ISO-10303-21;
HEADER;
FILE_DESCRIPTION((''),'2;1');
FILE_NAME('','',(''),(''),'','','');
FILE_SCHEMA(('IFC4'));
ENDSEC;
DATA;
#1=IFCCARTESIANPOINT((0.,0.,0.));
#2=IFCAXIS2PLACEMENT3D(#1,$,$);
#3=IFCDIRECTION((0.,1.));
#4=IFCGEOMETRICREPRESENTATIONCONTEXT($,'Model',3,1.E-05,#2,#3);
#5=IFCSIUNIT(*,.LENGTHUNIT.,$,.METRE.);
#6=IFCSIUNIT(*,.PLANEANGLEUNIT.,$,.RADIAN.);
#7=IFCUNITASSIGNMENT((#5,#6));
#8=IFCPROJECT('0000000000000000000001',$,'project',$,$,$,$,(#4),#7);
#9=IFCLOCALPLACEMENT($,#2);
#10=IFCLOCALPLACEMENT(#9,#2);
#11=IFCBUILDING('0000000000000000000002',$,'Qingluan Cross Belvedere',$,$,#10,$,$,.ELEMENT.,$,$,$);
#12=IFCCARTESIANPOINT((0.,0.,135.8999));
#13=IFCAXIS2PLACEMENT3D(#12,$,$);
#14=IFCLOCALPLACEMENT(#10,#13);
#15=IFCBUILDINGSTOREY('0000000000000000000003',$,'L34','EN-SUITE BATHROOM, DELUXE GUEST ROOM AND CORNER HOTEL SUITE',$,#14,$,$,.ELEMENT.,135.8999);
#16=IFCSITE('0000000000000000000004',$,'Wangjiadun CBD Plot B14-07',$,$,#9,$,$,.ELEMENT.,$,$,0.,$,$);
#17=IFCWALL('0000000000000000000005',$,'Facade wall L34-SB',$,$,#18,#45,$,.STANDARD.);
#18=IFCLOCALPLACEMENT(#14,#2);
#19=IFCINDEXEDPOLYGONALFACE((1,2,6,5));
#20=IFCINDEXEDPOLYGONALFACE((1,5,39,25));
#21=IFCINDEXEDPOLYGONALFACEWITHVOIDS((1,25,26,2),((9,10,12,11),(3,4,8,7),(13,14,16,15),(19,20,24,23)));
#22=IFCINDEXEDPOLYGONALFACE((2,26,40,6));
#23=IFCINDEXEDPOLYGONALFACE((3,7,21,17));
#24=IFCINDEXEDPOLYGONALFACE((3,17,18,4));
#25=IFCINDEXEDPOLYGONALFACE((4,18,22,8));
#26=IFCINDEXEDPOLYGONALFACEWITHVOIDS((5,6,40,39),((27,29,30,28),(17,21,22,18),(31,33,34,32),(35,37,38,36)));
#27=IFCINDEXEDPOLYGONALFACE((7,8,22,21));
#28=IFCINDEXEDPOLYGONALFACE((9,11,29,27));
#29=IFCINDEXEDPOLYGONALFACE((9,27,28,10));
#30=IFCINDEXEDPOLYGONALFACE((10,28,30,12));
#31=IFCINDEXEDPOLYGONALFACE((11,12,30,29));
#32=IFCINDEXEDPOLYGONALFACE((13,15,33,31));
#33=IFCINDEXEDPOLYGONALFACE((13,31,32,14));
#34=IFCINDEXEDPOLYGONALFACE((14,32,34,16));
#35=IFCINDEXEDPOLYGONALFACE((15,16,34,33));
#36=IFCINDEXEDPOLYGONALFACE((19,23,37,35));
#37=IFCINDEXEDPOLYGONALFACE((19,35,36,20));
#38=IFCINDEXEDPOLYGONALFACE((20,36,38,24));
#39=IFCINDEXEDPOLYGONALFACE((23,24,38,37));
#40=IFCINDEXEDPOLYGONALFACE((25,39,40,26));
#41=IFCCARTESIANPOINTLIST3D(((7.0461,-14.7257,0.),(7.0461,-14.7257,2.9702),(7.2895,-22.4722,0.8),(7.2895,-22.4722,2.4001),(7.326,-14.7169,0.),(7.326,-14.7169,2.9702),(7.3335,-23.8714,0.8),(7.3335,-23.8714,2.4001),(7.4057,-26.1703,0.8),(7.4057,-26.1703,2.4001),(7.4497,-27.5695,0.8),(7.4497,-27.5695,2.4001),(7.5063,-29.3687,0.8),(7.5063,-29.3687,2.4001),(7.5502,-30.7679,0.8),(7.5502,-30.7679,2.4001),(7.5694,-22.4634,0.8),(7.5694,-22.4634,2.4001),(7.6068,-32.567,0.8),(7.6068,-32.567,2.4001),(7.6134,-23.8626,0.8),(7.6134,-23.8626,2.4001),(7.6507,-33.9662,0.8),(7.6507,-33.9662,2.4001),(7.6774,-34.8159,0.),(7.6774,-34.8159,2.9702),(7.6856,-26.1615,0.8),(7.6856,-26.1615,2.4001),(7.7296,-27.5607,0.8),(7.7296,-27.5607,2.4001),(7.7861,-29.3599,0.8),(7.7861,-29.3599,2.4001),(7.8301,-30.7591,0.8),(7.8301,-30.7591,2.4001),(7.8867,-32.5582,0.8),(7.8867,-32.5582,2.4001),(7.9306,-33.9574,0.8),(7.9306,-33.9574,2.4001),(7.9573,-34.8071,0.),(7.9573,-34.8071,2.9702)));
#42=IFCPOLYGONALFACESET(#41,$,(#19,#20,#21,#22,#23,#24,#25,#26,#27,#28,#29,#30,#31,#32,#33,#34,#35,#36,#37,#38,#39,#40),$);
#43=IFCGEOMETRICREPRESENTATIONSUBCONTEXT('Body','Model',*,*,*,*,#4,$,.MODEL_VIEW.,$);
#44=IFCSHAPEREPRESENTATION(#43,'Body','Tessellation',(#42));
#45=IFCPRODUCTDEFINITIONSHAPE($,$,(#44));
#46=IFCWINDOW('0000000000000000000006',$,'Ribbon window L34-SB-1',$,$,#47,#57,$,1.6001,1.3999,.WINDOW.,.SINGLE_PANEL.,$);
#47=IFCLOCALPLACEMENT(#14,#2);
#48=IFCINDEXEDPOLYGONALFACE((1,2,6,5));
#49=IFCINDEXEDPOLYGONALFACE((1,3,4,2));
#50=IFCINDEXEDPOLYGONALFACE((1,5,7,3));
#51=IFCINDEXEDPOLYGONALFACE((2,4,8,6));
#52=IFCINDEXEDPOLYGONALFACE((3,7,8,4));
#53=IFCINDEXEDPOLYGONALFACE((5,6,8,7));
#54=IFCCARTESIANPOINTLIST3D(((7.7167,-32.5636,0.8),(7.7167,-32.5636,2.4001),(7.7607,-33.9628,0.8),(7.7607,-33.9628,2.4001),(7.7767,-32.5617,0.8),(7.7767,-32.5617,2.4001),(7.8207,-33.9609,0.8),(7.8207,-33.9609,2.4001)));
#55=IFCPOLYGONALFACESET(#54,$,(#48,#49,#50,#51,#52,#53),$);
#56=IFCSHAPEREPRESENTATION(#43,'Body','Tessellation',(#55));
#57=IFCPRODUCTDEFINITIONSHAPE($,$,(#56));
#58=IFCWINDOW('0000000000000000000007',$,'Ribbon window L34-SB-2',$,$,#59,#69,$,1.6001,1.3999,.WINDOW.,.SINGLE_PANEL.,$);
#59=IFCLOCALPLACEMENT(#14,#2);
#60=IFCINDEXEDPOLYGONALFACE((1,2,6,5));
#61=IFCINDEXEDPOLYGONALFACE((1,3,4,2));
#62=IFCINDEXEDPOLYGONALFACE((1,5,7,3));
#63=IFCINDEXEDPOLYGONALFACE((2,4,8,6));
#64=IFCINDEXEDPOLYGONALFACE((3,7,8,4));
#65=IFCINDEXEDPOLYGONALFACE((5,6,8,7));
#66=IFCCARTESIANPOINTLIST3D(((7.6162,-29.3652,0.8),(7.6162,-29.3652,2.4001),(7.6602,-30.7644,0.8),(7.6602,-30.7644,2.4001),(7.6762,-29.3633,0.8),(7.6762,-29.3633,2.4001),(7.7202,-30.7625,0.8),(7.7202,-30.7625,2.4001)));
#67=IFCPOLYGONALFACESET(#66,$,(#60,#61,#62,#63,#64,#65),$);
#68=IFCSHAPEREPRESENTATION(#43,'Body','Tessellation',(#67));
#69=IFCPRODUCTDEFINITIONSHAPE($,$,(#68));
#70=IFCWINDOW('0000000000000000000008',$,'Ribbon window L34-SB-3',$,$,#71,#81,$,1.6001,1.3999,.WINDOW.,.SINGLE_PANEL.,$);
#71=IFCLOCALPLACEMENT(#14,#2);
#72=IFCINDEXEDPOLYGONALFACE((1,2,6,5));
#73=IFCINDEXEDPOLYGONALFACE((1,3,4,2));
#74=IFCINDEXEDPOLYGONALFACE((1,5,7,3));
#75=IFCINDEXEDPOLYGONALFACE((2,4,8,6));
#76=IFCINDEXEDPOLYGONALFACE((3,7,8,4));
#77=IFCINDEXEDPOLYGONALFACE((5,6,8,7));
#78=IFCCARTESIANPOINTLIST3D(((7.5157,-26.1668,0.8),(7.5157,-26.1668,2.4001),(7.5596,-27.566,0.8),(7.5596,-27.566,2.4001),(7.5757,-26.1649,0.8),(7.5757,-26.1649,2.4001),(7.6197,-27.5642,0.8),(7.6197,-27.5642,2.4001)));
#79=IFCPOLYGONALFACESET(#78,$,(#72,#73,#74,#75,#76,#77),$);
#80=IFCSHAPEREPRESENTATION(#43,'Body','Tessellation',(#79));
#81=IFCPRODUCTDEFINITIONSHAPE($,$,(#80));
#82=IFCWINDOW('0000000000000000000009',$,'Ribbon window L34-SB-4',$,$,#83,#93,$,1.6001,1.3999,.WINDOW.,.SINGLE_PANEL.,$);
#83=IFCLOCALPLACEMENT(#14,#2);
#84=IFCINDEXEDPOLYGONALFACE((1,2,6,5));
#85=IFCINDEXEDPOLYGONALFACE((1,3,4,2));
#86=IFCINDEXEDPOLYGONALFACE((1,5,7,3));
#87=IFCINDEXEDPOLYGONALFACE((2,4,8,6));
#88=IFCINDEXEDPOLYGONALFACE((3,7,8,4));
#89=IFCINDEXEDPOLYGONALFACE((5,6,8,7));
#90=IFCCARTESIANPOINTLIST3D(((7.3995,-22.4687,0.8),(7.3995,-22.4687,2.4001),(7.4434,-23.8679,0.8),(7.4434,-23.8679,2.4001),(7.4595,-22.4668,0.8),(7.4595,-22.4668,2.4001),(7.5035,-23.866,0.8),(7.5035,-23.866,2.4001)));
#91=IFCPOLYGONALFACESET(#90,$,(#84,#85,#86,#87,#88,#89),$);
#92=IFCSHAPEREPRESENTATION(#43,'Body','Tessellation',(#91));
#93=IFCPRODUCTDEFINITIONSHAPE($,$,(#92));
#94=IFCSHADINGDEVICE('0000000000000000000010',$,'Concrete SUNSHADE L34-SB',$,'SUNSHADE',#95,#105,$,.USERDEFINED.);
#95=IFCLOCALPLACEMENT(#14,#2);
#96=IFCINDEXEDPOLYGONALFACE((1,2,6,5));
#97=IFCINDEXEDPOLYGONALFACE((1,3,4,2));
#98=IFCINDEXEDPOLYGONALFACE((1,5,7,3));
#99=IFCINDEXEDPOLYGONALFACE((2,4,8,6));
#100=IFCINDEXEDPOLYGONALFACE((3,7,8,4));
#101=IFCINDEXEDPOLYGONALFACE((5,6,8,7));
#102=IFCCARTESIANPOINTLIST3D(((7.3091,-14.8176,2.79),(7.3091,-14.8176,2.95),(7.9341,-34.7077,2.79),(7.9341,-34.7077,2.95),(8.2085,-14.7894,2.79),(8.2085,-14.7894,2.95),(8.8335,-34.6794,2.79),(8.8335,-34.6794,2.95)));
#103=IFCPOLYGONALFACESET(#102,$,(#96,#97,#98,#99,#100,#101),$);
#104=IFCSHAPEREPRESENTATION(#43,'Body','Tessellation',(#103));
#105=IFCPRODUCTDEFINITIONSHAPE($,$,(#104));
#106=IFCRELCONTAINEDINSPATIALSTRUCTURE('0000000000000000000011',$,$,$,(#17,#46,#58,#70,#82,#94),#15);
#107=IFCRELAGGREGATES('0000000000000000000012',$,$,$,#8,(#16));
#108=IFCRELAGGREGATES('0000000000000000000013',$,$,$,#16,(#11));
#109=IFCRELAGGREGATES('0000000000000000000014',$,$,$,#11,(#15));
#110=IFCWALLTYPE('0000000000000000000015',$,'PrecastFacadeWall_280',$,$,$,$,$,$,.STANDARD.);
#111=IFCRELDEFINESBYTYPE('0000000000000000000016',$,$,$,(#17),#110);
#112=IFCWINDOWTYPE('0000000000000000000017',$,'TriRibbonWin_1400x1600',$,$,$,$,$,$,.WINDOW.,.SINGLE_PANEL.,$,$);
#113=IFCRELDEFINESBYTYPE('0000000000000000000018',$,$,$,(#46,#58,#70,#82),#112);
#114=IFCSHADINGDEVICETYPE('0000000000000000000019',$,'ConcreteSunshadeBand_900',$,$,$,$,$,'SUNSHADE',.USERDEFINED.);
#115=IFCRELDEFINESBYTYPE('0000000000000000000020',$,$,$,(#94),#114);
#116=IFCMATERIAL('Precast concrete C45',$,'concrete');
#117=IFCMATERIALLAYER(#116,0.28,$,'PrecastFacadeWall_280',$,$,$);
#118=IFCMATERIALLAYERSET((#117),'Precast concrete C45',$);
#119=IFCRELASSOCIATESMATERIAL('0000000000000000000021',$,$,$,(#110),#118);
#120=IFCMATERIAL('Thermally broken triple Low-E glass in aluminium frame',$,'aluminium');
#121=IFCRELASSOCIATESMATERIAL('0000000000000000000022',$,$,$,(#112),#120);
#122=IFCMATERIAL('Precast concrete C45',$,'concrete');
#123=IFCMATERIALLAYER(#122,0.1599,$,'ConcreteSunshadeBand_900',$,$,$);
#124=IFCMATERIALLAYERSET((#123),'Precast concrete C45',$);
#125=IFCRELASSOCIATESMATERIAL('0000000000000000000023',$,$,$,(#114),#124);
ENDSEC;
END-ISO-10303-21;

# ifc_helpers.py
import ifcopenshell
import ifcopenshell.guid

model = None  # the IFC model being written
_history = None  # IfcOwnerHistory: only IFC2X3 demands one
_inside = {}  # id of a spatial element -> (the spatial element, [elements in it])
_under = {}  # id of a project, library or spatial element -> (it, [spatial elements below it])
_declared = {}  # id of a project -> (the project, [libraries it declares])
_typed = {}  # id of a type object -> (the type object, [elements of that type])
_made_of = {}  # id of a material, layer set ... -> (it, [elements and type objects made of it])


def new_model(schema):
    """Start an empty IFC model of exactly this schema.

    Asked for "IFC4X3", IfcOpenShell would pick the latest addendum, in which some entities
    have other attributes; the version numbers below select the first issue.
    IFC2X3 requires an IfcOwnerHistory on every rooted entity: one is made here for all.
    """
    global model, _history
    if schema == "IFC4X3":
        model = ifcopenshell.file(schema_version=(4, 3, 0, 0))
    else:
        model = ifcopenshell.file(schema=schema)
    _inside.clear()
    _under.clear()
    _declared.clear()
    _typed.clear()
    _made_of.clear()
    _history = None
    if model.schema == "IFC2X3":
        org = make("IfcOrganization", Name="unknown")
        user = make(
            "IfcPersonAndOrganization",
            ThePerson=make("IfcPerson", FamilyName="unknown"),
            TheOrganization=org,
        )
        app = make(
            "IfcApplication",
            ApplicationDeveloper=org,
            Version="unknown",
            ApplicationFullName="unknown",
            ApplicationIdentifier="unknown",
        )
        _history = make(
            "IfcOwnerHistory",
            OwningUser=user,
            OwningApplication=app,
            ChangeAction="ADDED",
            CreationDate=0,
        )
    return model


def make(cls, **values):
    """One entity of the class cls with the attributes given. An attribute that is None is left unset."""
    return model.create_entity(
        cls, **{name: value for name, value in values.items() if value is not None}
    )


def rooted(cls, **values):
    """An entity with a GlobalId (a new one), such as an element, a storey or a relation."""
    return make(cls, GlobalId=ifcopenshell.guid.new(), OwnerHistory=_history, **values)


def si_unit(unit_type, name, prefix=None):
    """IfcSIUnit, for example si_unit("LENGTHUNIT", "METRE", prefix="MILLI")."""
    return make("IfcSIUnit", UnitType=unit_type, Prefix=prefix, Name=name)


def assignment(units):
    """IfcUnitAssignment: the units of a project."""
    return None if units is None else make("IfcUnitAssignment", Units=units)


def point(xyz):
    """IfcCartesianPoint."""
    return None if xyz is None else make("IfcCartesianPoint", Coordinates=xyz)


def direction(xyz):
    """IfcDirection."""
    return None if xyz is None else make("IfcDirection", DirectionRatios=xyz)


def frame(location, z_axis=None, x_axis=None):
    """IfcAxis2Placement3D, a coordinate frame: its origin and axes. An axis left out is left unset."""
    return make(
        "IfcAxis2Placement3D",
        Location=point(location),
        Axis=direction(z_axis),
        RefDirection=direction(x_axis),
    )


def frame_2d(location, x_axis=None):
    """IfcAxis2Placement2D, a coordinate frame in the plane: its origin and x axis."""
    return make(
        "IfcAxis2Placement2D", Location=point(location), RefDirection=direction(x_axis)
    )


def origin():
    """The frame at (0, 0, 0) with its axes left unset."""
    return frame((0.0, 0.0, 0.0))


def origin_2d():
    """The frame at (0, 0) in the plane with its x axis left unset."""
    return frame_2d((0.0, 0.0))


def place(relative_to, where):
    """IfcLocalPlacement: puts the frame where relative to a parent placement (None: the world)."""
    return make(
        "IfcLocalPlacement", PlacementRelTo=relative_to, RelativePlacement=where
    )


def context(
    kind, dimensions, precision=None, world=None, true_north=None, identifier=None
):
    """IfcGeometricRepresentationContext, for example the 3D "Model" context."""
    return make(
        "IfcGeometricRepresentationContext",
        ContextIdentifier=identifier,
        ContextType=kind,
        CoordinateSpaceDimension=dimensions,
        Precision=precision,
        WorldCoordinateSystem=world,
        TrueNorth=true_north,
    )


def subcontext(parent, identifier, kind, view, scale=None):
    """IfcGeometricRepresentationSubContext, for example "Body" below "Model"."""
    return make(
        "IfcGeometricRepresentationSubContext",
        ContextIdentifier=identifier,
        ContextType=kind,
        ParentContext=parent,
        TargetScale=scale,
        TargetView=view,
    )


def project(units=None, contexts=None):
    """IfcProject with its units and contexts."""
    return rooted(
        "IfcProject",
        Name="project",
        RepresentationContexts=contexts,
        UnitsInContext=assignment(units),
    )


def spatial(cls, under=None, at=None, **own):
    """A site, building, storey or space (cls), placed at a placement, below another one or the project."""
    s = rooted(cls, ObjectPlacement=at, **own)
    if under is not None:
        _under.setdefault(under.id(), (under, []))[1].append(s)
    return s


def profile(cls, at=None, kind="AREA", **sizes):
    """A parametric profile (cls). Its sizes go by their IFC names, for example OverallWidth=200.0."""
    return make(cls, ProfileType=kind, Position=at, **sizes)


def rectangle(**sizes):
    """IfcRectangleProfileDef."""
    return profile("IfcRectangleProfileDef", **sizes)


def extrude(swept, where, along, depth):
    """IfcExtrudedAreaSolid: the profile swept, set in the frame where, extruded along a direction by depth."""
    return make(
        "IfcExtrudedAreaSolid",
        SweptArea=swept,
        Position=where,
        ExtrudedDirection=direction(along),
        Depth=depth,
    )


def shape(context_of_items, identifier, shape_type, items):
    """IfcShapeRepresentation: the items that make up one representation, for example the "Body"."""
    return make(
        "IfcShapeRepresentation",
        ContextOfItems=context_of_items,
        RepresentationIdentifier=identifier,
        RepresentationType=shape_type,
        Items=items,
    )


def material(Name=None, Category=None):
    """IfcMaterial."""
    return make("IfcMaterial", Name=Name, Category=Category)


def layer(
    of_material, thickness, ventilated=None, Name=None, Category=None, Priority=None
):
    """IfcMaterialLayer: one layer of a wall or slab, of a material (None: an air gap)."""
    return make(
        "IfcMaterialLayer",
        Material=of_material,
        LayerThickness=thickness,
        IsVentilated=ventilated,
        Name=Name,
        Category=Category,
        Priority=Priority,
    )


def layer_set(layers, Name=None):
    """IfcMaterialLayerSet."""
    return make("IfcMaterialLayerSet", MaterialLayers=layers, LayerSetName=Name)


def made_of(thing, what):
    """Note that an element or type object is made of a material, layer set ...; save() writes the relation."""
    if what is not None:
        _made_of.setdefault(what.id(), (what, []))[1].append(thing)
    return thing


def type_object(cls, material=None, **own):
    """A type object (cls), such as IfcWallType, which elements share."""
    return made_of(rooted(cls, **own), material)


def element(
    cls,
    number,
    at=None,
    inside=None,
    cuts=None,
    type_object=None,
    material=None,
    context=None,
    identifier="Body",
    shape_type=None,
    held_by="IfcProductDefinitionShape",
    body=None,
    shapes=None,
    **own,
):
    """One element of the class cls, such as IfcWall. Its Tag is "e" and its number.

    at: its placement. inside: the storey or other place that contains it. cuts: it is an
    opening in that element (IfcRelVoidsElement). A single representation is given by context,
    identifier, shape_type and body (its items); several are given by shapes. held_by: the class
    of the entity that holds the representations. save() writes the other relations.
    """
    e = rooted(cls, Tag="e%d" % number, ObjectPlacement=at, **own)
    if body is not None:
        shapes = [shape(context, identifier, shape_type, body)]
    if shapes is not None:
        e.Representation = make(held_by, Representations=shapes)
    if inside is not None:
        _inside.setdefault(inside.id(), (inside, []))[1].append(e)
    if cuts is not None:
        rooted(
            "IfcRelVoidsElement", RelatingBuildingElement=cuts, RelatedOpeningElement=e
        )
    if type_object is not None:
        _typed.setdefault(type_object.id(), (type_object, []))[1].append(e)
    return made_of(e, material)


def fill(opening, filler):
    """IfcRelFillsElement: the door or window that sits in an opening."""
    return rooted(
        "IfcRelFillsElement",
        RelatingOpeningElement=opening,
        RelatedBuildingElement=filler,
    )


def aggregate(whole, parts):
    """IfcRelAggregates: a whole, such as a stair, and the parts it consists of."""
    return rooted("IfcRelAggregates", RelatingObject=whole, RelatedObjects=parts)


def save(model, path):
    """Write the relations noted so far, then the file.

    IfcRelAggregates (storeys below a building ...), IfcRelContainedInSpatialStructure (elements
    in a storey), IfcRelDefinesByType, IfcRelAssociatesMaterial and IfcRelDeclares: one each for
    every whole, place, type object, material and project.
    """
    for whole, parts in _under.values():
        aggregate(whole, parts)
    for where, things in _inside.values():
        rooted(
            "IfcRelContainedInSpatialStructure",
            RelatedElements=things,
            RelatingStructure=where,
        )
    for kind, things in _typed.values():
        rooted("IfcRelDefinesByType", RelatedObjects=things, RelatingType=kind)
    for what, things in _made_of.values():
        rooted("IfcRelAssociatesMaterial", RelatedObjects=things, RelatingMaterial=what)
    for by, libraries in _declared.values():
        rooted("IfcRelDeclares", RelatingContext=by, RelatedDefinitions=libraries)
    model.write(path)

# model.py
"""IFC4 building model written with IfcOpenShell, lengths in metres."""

from ifc_helpers import new_model, si_unit, direction, frame, frame_2d, origin, origin_2d, place, context, subcontext, project, spatial, rectangle, extrude, material, layer, layer_set, type_object, element, fill, save


model = new_model("IFC4")

# Units and contexts
model_context = context("Model", 3, precision=1e-05, world=origin(), true_north=direction((0.0, 1.0)))
body_context = subcontext(model_context, "Body", "Model", "MODEL_VIEW")
ifc_project = project(units=[si_unit("LENGTHUNIT", "METRE"), si_unit("PLANEANGLEUNIT", "RADIAN")], contexts=[model_context])

# Site, building, storey
site_placement = place(None, origin())
site = spatial("IfcSite", under=ifc_project, at=site_placement, Name="Wangjiadun CBD Plot B14-07", CompositionType="ELEMENT", RefElevation=0.0)
building_placement = place(site_placement, origin())
building = spatial("IfcBuilding", under=site, at=building_placement, Name="Qingluan Cross Belvedere", CompositionType="ELEMENT")
storey_placement = place(building_placement, frame((0.0, 0.0, 135.8999)))
storey = spatial("IfcBuildingStorey", under=building, at=storey_placement, Name="L34", Description="EN-SUITE BATHROOM, DELUXE GUEST ROOM AND CORNER HOTEL SUITE", CompositionType="ELEMENT", Elevation=135.8999)

# Wall, openings, windows
ifc_material_1 = material(Name="Precast concrete C45", Category="concrete")
ifc_layer_1 = layer(ifc_material_1, 0.28, Name="PrecastFacadeWall_280")
ifc_layer_set_1 = layer_set([ifc_layer_1], Name="Precast concrete C45")
wall_type_1 = type_object("IfcWallType", Name="PrecastFacadeWall_280", PredefinedType="STANDARD", material=ifc_layer_set_1)
wall_1_placement = place(storey_placement, frame((7.8174, -34.8115, 0.0), z_axis=(0.0, 0.0, 1.0), x_axis=(-0.03141, 0.999507, 0.0)))
wall_1 = element("IfcWall", 1, at=wall_1_placement, inside=storey, type_object=wall_type_1, Name="Facade wall L34-SB", PredefinedType="STANDARD", context=body_context, shape_type="SweptSolid", body=[
    extrude(rectangle(XDim=20.1001, YDim=0.28, at=frame_2d((10.05, 0.0))), origin(), (0.0, 0.0, 1.0), 2.9702),
])
opening_1_placement = place(wall_1_placement, frame((0.8501, 0.0, 0.8)))
opening_1 = element("IfcOpeningElement", 2, at=opening_1_placement, cuts=wall_1, PredefinedType="OPENING", context=body_context, shape_type="SweptSolid", body=[
    extrude(rectangle(XDim=1.3999, YDim=1.6001, at=frame_2d((0.7, 0.8))), frame((0.0, 0.1499, 0.0), z_axis=(0.0, -1.0, 0.0), x_axis=(1.0, 0.0, 0.0)), (0.0, 0.0, 1.0), 0.3),
])
opening_2_placement = place(wall_1_placement, frame((4.05, 0.0, 0.8)))
opening_2 = element("IfcOpeningElement", 3, at=opening_2_placement, cuts=wall_1, PredefinedType="OPENING", context=body_context, shape_type="SweptSolid", body=[
    extrude(rectangle(XDim=1.3999, YDim=1.6001, at=frame_2d((0.7, 0.8))), frame((0.0, 0.1499, 0.0), z_axis=(0.0, -1.0, 0.0), x_axis=(1.0, 0.0, 0.0)), (0.0, 0.0, 1.0), 0.3),
])
opening_3_placement = place(wall_1_placement, frame((7.25, 0.0, 0.8)))
opening_3 = element("IfcOpeningElement", 4, at=opening_3_placement, cuts=wall_1, PredefinedType="OPENING", context=body_context, shape_type="SweptSolid", body=[
    extrude(rectangle(XDim=1.3999, YDim=1.6001, at=frame_2d((0.7, 0.8))), frame((0.0, 0.1499, 0.0), z_axis=(0.0, -1.0, 0.0), x_axis=(1.0, 0.0, 0.0)), (0.0, 0.0, 1.0), 0.3),
])
opening_4_placement = place(wall_1_placement, frame((10.95, 0.0, 0.8)))
opening_4 = element("IfcOpeningElement", 5, at=opening_4_placement, cuts=wall_1, PredefinedType="OPENING", context=body_context, shape_type="SweptSolid", body=[
    extrude(rectangle(XDim=1.3999, YDim=1.6001, at=frame_2d((0.7, 0.8))), frame((0.0, 0.1499, 0.0), z_axis=(0.0, -1.0, 0.0), x_axis=(1.0, 0.0, 0.0)), (0.0, 0.0, 1.0), 0.3),
])
ifc_material_2 = material(Name="Thermally broken triple Low-E glass in aluminium frame", Category="aluminium")
window_type = type_object("IfcWindowType", Name="TriRibbonWin_1400x1600", PartitioningType="SINGLE_PANEL", PredefinedType="WINDOW", material=ifc_material_2)
window_1_placement = place(opening_1_placement, origin())
window_1 = element("IfcWindow", 6, at=window_1_placement, inside=storey, type_object=window_type, Name="Ribbon window L34-SB-1", OverallHeight=1.6001, OverallWidth=1.3999, PartitioningType="SINGLE_PANEL", PredefinedType="WINDOW", context=body_context, shape_type="SweptSolid", body=[
    extrude(rectangle(XDim=1.3999, YDim=1.6001, at=frame_2d((0.7, 0.8))), frame((0.0, 0.03, 0.0), z_axis=(0.0, -1.0, 0.0), x_axis=(1.0, 0.0, 0.0)), (0.0, 0.0, 1.0), 0.0601),
])
fill(opening_1, window_1)
window_2_placement = place(opening_2_placement, origin())
window_2 = element("IfcWindow", 7, at=window_2_placement, inside=storey, type_object=window_type, Name="Ribbon window L34-SB-2", OverallHeight=1.6001, OverallWidth=1.3999, PartitioningType="SINGLE_PANEL", PredefinedType="WINDOW", context=body_context, shape_type="SweptSolid", body=[
    extrude(rectangle(XDim=1.3999, YDim=1.6001, at=frame_2d((0.7, 0.8))), frame((0.0, 0.03, 0.0), z_axis=(0.0, -1.0, 0.0), x_axis=(1.0, 0.0, 0.0)), (0.0, 0.0, 1.0), 0.0601),
])
fill(opening_2, window_2)
window_3_placement = place(opening_3_placement, origin())
window_3 = element("IfcWindow", 8, at=window_3_placement, inside=storey, type_object=window_type, Name="Ribbon window L34-SB-3", OverallHeight=1.6001, OverallWidth=1.3999, PartitioningType="SINGLE_PANEL", PredefinedType="WINDOW", context=body_context, shape_type="SweptSolid", body=[
    extrude(rectangle(XDim=1.3999, YDim=1.6001, at=frame_2d((0.7, 0.8))), frame((0.0, 0.03, 0.0), z_axis=(0.0, -1.0, 0.0), x_axis=(1.0, 0.0, 0.0)), (0.0, 0.0, 1.0), 0.0601),
])
fill(opening_3, window_3)
window_4_placement = place(opening_4_placement, origin())
window_4 = element("IfcWindow", 9, at=window_4_placement, inside=storey, type_object=window_type, Name="Ribbon window L34-SB-4", OverallHeight=1.6001, OverallWidth=1.3999, PartitioningType="SINGLE_PANEL", PredefinedType="WINDOW", context=body_context, shape_type="SweptSolid", body=[
    extrude(rectangle(XDim=1.3999, YDim=1.6001, at=frame_2d((0.7, 0.8))), frame((0.0, 0.03, 0.0), z_axis=(0.0, -1.0, 0.0), x_axis=(1.0, 0.0, 0.0)), (0.0, 0.0, 1.0), 0.0601),
])
fill(opening_4, window_4)

# Shading device
ifc_material_3 = material(Name="Precast concrete C45", Category="concrete")
ifc_layer_2 = layer(ifc_material_3, 0.1599, Name="ConcreteSunshadeBand_900")
ifc_layer_set_2 = layer_set([ifc_layer_2], Name="Precast concrete C45")
shading_device_type = type_object("IfcShadingDeviceType", Name="ConcreteSunshadeBand_900", ElementType="SUNSHADE", PredefinedType="USERDEFINED", material=ifc_layer_set_2)
shading_device_placement = place(storey_placement, frame((8.0713, -24.7485, 2.79), z_axis=(0.0, 0.0, 1.0), x_axis=(-0.031408, 0.999507, 0.0)))
element("IfcShadingDevice", 10, at=shading_device_placement, inside=storey, type_object=shading_device_type, Name="Concrete SUNSHADE L34-SB", ObjectType="SUNSHADE", PredefinedType="USERDEFINED", context=body_context, shape_type="SweptSolid", body=[
    extrude(rectangle(XDim=19.8999, YDim=0.8999, at=origin_2d()), origin(), (0.0, 0.0, 1.0), 0.1599),
])

save(model, "model.ifc")
